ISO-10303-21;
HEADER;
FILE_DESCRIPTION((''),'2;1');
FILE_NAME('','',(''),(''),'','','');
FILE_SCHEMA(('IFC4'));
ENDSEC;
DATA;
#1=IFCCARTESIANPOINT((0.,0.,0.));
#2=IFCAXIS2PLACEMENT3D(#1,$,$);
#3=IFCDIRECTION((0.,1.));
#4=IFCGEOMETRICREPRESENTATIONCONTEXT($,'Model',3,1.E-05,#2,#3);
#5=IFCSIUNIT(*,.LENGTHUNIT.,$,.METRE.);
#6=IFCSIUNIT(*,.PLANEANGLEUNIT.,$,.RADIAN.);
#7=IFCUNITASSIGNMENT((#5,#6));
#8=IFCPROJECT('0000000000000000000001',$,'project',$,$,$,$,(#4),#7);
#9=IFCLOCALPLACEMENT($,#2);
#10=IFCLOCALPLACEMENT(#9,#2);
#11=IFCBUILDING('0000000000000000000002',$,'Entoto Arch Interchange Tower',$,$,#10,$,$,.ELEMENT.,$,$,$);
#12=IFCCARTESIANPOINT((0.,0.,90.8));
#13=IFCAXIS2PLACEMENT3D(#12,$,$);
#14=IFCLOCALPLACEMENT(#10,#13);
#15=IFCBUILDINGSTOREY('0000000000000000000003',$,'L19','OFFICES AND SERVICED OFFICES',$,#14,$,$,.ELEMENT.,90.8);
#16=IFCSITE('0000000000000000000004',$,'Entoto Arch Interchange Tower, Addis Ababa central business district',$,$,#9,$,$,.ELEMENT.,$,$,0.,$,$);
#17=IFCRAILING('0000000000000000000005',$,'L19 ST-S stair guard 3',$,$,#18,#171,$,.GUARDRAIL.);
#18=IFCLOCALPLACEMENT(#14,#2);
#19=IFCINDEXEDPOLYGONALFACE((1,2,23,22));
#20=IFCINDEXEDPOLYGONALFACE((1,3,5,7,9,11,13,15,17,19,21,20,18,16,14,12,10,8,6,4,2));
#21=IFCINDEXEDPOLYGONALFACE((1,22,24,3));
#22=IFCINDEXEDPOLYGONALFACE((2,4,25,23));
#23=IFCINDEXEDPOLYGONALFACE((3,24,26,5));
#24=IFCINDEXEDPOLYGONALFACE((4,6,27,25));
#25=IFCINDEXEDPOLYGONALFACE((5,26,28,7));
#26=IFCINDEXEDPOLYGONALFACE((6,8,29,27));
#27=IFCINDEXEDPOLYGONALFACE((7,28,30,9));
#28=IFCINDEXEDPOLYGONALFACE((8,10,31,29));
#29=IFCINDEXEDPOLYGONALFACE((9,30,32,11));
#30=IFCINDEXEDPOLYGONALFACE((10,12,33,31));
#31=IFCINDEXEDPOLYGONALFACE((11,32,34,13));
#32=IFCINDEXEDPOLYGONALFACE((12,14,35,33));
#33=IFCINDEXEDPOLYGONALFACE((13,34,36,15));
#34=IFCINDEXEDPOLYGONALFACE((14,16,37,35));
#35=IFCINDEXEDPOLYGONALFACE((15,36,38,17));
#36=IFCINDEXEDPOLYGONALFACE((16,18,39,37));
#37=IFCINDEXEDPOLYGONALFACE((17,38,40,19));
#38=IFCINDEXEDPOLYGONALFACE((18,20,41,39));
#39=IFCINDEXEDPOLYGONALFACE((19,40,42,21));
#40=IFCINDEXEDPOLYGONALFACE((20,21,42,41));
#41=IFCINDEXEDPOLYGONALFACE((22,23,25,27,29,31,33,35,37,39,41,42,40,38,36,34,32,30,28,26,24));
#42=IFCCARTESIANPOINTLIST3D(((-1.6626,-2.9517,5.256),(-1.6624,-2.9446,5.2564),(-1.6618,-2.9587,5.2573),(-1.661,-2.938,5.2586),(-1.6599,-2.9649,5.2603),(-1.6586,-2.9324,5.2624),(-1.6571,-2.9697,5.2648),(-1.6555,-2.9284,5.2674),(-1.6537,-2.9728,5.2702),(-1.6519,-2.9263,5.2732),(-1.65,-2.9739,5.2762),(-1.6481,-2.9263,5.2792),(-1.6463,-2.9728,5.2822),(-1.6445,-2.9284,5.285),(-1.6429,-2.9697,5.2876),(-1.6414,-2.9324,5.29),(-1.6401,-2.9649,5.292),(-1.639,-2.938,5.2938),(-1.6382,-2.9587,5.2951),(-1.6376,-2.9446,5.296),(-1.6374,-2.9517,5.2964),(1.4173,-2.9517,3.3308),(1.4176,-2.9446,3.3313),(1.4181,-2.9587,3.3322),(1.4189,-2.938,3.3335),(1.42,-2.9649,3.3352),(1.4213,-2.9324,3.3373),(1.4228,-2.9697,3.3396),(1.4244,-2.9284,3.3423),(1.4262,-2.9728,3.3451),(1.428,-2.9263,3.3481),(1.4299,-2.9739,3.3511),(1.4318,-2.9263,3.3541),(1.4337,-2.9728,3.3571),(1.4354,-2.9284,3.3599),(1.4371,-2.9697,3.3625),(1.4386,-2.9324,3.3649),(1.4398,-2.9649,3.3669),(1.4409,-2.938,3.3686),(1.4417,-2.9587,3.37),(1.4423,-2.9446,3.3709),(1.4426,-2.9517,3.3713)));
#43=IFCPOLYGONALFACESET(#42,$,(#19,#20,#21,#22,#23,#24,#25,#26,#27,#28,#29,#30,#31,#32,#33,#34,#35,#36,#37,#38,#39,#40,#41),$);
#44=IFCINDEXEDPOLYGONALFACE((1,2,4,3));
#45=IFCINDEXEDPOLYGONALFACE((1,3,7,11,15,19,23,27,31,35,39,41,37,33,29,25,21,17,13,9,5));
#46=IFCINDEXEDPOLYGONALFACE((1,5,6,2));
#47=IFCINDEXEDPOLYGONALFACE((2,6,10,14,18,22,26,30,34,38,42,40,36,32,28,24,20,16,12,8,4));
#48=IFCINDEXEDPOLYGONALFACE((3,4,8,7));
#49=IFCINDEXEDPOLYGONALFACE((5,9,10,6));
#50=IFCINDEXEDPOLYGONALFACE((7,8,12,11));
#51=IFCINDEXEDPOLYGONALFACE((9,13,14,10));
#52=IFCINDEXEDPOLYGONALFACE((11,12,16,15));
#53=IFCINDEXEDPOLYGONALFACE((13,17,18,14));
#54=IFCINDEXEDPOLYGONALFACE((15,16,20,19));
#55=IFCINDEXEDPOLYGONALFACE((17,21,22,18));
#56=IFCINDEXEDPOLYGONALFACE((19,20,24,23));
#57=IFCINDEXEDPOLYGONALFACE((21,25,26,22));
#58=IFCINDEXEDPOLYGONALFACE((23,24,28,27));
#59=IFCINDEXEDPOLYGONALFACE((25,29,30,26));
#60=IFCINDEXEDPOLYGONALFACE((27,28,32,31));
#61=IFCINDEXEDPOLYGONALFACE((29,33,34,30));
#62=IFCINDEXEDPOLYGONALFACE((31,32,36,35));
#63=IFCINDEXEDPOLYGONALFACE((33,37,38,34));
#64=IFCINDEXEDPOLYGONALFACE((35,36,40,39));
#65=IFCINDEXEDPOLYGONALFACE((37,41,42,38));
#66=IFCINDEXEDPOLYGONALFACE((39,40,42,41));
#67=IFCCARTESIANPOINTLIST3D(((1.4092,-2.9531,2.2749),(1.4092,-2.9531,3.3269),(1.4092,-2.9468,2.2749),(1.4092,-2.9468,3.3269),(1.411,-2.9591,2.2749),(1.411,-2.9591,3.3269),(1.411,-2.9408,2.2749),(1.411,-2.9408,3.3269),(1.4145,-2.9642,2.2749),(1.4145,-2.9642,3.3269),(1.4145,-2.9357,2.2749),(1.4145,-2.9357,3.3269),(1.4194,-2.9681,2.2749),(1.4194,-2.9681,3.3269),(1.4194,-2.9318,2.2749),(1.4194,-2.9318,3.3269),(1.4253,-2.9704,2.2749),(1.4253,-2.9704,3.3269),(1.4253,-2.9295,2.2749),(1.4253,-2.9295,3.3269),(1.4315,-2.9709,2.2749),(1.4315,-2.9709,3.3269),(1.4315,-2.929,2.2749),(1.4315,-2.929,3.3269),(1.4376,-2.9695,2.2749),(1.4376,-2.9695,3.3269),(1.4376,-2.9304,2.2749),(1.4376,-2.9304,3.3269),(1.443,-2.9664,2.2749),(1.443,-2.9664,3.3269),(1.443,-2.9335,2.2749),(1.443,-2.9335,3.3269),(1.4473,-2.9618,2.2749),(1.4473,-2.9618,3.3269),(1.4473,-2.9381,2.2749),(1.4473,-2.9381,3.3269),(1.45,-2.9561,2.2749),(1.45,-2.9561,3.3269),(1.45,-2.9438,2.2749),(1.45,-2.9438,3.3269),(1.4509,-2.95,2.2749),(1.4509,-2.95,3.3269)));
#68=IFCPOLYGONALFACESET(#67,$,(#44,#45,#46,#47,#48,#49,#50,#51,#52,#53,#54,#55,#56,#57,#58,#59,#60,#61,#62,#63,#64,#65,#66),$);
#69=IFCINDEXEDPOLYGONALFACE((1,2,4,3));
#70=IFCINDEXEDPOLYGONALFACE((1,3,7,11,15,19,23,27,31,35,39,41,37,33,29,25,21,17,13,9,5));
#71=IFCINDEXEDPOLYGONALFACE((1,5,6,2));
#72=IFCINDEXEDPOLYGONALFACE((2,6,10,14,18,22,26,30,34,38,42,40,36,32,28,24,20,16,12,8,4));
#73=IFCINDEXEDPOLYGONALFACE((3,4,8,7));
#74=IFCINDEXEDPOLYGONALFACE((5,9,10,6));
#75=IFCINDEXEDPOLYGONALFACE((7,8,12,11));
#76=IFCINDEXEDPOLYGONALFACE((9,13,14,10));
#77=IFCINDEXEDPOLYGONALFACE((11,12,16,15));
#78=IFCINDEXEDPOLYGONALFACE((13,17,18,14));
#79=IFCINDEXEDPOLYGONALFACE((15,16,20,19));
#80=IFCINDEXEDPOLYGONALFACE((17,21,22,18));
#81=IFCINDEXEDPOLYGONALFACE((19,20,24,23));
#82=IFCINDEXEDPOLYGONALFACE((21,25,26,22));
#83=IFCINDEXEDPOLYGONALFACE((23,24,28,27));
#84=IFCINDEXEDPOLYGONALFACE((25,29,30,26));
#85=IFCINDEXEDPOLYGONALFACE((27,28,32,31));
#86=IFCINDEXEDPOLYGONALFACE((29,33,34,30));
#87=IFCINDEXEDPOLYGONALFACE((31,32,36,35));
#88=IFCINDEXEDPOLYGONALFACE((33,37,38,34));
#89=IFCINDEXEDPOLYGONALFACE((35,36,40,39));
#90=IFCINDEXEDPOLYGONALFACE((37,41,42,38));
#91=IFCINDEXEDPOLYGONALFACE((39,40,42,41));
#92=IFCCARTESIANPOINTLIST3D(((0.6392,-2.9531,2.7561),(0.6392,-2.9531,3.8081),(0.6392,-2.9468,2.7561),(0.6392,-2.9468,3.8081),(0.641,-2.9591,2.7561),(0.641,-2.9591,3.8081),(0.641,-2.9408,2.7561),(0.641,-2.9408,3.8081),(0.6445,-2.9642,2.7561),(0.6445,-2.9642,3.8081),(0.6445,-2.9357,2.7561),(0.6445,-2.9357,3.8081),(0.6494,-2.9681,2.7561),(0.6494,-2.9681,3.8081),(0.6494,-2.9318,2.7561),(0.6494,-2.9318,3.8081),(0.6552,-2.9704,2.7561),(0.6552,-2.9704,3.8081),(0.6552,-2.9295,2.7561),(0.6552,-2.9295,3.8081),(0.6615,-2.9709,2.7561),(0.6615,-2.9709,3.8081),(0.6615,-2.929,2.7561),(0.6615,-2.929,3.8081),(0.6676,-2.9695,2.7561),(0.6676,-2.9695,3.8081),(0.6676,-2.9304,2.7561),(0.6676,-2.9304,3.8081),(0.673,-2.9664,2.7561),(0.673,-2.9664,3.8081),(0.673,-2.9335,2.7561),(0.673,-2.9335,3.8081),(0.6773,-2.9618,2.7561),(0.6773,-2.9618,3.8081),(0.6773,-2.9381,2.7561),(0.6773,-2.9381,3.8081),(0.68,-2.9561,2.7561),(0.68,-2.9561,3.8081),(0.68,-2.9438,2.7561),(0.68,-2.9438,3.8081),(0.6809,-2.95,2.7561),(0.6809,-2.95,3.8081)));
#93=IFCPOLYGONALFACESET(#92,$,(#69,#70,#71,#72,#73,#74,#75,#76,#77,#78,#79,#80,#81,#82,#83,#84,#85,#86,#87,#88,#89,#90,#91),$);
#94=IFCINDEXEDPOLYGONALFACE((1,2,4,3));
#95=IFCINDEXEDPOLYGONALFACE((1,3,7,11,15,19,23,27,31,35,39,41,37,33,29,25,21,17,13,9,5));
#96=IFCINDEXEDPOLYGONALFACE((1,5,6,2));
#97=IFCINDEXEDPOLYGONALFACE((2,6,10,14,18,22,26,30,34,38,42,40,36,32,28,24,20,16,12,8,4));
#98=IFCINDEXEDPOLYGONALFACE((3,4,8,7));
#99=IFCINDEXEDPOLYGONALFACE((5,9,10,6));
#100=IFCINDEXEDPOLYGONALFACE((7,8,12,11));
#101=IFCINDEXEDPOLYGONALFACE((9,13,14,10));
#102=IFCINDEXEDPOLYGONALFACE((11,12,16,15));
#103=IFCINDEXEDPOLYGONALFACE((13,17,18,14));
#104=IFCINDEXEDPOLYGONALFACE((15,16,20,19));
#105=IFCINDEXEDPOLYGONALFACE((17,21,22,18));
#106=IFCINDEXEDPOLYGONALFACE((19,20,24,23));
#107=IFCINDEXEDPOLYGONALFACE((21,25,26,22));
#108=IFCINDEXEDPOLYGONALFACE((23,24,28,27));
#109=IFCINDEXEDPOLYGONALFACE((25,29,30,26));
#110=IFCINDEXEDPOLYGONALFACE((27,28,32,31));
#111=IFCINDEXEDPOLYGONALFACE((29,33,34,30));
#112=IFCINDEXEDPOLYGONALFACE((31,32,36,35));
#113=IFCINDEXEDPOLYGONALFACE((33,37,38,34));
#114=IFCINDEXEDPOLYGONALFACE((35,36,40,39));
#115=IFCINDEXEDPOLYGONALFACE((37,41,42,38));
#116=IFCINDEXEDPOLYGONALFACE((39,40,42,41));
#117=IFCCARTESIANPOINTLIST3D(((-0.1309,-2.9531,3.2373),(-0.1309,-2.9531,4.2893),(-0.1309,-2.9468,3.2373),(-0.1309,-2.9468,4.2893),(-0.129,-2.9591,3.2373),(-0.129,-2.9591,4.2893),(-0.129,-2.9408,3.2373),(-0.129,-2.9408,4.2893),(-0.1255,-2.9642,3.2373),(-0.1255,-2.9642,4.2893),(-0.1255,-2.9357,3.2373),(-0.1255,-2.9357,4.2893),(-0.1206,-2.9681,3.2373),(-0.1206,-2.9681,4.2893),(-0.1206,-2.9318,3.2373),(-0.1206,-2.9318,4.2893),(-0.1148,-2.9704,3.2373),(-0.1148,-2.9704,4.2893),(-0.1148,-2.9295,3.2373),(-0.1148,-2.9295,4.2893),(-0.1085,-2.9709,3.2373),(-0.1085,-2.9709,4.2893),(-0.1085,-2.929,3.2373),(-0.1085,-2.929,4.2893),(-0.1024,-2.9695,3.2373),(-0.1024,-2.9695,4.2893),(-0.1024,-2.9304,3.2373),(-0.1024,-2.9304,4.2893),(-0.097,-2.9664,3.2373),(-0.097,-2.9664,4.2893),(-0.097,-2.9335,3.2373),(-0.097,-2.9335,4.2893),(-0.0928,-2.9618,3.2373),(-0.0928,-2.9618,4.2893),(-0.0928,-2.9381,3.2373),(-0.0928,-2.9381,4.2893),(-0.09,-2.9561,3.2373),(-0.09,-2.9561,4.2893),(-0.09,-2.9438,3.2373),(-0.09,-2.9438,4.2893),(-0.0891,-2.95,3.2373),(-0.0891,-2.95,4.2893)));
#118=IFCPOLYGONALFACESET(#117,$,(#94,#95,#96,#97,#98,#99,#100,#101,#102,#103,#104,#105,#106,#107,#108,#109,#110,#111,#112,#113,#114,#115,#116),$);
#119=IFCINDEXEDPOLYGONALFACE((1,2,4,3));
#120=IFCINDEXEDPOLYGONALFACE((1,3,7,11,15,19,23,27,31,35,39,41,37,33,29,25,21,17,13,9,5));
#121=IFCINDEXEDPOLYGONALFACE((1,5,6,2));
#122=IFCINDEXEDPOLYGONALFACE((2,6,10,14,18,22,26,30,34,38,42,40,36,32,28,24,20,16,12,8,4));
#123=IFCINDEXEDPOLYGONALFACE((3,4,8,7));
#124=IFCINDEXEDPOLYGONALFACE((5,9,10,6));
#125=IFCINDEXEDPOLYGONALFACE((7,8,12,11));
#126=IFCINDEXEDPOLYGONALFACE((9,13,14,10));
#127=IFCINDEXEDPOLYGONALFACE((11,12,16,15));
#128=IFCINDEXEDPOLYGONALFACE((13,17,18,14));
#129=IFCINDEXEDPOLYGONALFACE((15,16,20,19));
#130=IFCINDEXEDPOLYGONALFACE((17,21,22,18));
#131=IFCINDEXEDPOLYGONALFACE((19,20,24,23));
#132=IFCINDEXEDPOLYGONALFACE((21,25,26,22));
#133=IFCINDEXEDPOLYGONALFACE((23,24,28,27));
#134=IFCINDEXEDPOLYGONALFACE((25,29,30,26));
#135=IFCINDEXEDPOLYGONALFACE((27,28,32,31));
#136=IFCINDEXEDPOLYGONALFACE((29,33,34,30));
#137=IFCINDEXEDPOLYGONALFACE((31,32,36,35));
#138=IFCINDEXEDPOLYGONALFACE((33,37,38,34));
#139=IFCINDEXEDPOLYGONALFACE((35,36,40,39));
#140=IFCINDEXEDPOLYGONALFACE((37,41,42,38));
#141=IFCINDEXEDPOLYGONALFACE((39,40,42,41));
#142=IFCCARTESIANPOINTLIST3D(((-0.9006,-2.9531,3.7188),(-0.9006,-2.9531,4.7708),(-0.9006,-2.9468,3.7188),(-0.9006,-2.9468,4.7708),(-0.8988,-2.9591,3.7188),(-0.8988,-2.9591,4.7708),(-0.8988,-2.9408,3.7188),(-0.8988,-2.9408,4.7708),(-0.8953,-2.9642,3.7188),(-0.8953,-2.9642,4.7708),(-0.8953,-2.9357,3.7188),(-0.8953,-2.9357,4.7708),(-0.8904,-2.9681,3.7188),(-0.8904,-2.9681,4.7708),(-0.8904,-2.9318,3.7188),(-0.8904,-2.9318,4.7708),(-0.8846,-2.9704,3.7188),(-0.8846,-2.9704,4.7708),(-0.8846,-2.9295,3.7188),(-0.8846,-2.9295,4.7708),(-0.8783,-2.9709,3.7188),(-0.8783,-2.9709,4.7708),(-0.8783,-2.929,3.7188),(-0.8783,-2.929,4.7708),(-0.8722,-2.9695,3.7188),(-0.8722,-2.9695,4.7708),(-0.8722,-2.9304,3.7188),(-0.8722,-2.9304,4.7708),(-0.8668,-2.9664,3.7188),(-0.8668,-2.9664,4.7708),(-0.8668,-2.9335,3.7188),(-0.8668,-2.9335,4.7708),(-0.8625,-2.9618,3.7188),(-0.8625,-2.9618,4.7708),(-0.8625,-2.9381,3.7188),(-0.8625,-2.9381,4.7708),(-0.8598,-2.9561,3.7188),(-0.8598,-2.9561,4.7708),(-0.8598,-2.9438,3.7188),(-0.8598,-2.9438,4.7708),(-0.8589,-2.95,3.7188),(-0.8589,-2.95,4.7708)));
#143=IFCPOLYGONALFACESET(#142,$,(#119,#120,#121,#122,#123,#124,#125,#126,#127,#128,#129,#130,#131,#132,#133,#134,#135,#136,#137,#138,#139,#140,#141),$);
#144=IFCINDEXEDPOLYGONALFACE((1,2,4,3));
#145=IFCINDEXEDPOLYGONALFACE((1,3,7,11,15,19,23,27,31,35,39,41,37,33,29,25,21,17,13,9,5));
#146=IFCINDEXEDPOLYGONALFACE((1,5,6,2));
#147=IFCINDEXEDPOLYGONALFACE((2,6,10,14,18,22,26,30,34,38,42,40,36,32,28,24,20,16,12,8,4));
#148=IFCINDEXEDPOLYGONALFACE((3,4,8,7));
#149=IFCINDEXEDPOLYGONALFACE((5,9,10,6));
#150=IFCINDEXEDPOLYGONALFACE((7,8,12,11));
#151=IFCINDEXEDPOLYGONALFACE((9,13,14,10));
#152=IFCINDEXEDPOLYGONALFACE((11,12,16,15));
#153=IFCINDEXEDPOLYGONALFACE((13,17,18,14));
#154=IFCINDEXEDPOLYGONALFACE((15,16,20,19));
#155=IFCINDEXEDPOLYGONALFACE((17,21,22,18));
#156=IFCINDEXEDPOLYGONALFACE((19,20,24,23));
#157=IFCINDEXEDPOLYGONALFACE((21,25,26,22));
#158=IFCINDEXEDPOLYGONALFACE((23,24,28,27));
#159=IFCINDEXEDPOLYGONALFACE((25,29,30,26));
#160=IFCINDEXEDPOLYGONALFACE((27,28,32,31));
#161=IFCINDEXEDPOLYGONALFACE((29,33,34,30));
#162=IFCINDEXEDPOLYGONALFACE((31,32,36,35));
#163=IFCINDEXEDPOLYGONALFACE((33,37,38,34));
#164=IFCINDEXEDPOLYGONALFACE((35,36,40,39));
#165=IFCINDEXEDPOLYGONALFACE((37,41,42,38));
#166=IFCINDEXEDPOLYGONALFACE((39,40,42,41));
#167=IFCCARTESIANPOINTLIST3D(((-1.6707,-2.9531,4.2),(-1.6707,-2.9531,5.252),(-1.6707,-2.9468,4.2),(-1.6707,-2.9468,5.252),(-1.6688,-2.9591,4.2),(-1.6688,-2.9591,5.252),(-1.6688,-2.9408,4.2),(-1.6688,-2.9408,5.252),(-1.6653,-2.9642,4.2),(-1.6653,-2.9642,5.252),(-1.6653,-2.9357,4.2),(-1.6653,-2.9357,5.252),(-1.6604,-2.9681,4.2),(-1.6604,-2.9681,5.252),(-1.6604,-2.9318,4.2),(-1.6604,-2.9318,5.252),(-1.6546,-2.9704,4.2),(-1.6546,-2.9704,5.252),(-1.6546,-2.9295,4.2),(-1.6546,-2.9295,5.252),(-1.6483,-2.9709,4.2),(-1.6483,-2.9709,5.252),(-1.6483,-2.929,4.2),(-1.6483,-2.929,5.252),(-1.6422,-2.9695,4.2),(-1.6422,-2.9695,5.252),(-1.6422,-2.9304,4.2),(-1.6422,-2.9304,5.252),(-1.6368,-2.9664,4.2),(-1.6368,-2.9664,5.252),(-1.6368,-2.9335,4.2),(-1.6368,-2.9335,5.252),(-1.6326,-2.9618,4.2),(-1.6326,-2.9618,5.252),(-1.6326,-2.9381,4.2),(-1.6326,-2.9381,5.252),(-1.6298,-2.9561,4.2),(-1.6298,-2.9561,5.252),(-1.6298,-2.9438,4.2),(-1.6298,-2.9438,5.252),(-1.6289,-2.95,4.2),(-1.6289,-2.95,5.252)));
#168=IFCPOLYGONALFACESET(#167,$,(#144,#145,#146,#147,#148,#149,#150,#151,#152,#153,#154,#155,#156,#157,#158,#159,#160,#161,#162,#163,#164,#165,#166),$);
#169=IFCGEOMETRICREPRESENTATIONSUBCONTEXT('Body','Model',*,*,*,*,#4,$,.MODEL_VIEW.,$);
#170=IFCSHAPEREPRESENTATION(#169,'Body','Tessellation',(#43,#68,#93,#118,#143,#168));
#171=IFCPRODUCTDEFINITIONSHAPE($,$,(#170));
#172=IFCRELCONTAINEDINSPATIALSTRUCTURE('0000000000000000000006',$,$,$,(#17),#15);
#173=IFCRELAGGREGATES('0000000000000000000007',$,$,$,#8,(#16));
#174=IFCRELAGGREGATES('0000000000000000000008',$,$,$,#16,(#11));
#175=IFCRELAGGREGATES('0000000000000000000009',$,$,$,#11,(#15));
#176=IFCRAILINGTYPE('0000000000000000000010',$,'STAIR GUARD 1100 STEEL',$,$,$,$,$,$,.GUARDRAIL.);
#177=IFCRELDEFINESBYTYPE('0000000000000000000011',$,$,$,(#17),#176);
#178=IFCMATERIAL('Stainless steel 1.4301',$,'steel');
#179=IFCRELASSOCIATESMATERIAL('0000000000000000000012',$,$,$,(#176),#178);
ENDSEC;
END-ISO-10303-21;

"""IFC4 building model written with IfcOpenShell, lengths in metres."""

from ifc_helpers import new_model, si_unit, direction, frame, origin, origin_2d, place, context, subcontext, project, spatial, circle, extrude, material, type_object, element, save


model = new_model("IFC4")

# Units and contexts
model_context = context("Model", 3, precision=1e-05, world=origin(), true_north=direction((0.0, 1.0)))
body_context = subcontext(model_context, "Body", "Model", "MODEL_VIEW")
ifc_project = project(units=[si_unit("LENGTHUNIT", "METRE"), si_unit("PLANEANGLEUNIT", "RADIAN")], contexts=[model_context])

# Site, building, storey
site_placement = place(None, origin())
site = spatial("IfcSite", under=ifc_project, at=site_placement, Name="Entoto Arch Interchange Tower, Addis Ababa central business district", CompositionType="ELEMENT", RefElevation=0.0)
building_placement = place(site_placement, origin())
building = spatial("IfcBuilding", under=site, at=building_placement, Name="Entoto Arch Interchange Tower", CompositionType="ELEMENT")
storey_placement = place(building_placement, frame((0.0, 0.0, 90.8)))
storey = spatial("IfcBuildingStorey", under=building, at=storey_placement, Name="L19", Description="OFFICES AND SERVICED OFFICES", CompositionType="ELEMENT", Elevation=90.8)

# Railing
ifc_material_1 = material(Name="Stainless steel 1.4301", Category="steel")
railing_type_1 = type_object("IfcRailingType", Name="STAIR GUARD 1100 STEEL", PredefinedType="GUARDRAIL", material=ifc_material_1)
railing_1_placement = place(storey_placement, frame((1.4299, -2.95, 2.2749)))
element("IfcRailing", 1, at=railing_1_placement, inside=storey, type_object=railing_type_1, Name="L19 ST-S stair guard 3", PredefinedType="GUARDRAIL", context=body_context, shape_type="SweptSolid", body=[
    extrude(circle(Radius=0.0239, at=origin_2d()), frame((0.0, 0.0, 1.0762), z_axis=(-0.847979, 0.0, 0.530029), x_axis=(0.0, -1.0, 0.0)), (0.0, 0.0, 1.0), 3.6321),
    extrude(circle(Radius=0.021, at=origin_2d()), origin(), (0.0, 0.0, 1.0), 1.052),
    extrude(circle(Radius=0.021, at=origin_2d()), frame((-0.77, 0.0, 0.4812)), (0.0, 0.0, 1.0), 1.052),
    extrude(circle(Radius=0.021, at=origin_2d()), frame((-1.54, 0.0, 0.9624)), (0.0, 0.0, 1.0), 1.052),
    extrude(circle(Radius=0.021, at=origin_2d()), frame((-2.3098, 0.0, 1.4438)), (0.0, 0.0, 1.0), 1.052),
    extrude(circle(Radius=0.021, at=origin_2d()), frame((-3.0798, 0.0, 1.925)), (0.0, 0.0, 1.0), 1.052),
])

save(model, "model.ifc")
